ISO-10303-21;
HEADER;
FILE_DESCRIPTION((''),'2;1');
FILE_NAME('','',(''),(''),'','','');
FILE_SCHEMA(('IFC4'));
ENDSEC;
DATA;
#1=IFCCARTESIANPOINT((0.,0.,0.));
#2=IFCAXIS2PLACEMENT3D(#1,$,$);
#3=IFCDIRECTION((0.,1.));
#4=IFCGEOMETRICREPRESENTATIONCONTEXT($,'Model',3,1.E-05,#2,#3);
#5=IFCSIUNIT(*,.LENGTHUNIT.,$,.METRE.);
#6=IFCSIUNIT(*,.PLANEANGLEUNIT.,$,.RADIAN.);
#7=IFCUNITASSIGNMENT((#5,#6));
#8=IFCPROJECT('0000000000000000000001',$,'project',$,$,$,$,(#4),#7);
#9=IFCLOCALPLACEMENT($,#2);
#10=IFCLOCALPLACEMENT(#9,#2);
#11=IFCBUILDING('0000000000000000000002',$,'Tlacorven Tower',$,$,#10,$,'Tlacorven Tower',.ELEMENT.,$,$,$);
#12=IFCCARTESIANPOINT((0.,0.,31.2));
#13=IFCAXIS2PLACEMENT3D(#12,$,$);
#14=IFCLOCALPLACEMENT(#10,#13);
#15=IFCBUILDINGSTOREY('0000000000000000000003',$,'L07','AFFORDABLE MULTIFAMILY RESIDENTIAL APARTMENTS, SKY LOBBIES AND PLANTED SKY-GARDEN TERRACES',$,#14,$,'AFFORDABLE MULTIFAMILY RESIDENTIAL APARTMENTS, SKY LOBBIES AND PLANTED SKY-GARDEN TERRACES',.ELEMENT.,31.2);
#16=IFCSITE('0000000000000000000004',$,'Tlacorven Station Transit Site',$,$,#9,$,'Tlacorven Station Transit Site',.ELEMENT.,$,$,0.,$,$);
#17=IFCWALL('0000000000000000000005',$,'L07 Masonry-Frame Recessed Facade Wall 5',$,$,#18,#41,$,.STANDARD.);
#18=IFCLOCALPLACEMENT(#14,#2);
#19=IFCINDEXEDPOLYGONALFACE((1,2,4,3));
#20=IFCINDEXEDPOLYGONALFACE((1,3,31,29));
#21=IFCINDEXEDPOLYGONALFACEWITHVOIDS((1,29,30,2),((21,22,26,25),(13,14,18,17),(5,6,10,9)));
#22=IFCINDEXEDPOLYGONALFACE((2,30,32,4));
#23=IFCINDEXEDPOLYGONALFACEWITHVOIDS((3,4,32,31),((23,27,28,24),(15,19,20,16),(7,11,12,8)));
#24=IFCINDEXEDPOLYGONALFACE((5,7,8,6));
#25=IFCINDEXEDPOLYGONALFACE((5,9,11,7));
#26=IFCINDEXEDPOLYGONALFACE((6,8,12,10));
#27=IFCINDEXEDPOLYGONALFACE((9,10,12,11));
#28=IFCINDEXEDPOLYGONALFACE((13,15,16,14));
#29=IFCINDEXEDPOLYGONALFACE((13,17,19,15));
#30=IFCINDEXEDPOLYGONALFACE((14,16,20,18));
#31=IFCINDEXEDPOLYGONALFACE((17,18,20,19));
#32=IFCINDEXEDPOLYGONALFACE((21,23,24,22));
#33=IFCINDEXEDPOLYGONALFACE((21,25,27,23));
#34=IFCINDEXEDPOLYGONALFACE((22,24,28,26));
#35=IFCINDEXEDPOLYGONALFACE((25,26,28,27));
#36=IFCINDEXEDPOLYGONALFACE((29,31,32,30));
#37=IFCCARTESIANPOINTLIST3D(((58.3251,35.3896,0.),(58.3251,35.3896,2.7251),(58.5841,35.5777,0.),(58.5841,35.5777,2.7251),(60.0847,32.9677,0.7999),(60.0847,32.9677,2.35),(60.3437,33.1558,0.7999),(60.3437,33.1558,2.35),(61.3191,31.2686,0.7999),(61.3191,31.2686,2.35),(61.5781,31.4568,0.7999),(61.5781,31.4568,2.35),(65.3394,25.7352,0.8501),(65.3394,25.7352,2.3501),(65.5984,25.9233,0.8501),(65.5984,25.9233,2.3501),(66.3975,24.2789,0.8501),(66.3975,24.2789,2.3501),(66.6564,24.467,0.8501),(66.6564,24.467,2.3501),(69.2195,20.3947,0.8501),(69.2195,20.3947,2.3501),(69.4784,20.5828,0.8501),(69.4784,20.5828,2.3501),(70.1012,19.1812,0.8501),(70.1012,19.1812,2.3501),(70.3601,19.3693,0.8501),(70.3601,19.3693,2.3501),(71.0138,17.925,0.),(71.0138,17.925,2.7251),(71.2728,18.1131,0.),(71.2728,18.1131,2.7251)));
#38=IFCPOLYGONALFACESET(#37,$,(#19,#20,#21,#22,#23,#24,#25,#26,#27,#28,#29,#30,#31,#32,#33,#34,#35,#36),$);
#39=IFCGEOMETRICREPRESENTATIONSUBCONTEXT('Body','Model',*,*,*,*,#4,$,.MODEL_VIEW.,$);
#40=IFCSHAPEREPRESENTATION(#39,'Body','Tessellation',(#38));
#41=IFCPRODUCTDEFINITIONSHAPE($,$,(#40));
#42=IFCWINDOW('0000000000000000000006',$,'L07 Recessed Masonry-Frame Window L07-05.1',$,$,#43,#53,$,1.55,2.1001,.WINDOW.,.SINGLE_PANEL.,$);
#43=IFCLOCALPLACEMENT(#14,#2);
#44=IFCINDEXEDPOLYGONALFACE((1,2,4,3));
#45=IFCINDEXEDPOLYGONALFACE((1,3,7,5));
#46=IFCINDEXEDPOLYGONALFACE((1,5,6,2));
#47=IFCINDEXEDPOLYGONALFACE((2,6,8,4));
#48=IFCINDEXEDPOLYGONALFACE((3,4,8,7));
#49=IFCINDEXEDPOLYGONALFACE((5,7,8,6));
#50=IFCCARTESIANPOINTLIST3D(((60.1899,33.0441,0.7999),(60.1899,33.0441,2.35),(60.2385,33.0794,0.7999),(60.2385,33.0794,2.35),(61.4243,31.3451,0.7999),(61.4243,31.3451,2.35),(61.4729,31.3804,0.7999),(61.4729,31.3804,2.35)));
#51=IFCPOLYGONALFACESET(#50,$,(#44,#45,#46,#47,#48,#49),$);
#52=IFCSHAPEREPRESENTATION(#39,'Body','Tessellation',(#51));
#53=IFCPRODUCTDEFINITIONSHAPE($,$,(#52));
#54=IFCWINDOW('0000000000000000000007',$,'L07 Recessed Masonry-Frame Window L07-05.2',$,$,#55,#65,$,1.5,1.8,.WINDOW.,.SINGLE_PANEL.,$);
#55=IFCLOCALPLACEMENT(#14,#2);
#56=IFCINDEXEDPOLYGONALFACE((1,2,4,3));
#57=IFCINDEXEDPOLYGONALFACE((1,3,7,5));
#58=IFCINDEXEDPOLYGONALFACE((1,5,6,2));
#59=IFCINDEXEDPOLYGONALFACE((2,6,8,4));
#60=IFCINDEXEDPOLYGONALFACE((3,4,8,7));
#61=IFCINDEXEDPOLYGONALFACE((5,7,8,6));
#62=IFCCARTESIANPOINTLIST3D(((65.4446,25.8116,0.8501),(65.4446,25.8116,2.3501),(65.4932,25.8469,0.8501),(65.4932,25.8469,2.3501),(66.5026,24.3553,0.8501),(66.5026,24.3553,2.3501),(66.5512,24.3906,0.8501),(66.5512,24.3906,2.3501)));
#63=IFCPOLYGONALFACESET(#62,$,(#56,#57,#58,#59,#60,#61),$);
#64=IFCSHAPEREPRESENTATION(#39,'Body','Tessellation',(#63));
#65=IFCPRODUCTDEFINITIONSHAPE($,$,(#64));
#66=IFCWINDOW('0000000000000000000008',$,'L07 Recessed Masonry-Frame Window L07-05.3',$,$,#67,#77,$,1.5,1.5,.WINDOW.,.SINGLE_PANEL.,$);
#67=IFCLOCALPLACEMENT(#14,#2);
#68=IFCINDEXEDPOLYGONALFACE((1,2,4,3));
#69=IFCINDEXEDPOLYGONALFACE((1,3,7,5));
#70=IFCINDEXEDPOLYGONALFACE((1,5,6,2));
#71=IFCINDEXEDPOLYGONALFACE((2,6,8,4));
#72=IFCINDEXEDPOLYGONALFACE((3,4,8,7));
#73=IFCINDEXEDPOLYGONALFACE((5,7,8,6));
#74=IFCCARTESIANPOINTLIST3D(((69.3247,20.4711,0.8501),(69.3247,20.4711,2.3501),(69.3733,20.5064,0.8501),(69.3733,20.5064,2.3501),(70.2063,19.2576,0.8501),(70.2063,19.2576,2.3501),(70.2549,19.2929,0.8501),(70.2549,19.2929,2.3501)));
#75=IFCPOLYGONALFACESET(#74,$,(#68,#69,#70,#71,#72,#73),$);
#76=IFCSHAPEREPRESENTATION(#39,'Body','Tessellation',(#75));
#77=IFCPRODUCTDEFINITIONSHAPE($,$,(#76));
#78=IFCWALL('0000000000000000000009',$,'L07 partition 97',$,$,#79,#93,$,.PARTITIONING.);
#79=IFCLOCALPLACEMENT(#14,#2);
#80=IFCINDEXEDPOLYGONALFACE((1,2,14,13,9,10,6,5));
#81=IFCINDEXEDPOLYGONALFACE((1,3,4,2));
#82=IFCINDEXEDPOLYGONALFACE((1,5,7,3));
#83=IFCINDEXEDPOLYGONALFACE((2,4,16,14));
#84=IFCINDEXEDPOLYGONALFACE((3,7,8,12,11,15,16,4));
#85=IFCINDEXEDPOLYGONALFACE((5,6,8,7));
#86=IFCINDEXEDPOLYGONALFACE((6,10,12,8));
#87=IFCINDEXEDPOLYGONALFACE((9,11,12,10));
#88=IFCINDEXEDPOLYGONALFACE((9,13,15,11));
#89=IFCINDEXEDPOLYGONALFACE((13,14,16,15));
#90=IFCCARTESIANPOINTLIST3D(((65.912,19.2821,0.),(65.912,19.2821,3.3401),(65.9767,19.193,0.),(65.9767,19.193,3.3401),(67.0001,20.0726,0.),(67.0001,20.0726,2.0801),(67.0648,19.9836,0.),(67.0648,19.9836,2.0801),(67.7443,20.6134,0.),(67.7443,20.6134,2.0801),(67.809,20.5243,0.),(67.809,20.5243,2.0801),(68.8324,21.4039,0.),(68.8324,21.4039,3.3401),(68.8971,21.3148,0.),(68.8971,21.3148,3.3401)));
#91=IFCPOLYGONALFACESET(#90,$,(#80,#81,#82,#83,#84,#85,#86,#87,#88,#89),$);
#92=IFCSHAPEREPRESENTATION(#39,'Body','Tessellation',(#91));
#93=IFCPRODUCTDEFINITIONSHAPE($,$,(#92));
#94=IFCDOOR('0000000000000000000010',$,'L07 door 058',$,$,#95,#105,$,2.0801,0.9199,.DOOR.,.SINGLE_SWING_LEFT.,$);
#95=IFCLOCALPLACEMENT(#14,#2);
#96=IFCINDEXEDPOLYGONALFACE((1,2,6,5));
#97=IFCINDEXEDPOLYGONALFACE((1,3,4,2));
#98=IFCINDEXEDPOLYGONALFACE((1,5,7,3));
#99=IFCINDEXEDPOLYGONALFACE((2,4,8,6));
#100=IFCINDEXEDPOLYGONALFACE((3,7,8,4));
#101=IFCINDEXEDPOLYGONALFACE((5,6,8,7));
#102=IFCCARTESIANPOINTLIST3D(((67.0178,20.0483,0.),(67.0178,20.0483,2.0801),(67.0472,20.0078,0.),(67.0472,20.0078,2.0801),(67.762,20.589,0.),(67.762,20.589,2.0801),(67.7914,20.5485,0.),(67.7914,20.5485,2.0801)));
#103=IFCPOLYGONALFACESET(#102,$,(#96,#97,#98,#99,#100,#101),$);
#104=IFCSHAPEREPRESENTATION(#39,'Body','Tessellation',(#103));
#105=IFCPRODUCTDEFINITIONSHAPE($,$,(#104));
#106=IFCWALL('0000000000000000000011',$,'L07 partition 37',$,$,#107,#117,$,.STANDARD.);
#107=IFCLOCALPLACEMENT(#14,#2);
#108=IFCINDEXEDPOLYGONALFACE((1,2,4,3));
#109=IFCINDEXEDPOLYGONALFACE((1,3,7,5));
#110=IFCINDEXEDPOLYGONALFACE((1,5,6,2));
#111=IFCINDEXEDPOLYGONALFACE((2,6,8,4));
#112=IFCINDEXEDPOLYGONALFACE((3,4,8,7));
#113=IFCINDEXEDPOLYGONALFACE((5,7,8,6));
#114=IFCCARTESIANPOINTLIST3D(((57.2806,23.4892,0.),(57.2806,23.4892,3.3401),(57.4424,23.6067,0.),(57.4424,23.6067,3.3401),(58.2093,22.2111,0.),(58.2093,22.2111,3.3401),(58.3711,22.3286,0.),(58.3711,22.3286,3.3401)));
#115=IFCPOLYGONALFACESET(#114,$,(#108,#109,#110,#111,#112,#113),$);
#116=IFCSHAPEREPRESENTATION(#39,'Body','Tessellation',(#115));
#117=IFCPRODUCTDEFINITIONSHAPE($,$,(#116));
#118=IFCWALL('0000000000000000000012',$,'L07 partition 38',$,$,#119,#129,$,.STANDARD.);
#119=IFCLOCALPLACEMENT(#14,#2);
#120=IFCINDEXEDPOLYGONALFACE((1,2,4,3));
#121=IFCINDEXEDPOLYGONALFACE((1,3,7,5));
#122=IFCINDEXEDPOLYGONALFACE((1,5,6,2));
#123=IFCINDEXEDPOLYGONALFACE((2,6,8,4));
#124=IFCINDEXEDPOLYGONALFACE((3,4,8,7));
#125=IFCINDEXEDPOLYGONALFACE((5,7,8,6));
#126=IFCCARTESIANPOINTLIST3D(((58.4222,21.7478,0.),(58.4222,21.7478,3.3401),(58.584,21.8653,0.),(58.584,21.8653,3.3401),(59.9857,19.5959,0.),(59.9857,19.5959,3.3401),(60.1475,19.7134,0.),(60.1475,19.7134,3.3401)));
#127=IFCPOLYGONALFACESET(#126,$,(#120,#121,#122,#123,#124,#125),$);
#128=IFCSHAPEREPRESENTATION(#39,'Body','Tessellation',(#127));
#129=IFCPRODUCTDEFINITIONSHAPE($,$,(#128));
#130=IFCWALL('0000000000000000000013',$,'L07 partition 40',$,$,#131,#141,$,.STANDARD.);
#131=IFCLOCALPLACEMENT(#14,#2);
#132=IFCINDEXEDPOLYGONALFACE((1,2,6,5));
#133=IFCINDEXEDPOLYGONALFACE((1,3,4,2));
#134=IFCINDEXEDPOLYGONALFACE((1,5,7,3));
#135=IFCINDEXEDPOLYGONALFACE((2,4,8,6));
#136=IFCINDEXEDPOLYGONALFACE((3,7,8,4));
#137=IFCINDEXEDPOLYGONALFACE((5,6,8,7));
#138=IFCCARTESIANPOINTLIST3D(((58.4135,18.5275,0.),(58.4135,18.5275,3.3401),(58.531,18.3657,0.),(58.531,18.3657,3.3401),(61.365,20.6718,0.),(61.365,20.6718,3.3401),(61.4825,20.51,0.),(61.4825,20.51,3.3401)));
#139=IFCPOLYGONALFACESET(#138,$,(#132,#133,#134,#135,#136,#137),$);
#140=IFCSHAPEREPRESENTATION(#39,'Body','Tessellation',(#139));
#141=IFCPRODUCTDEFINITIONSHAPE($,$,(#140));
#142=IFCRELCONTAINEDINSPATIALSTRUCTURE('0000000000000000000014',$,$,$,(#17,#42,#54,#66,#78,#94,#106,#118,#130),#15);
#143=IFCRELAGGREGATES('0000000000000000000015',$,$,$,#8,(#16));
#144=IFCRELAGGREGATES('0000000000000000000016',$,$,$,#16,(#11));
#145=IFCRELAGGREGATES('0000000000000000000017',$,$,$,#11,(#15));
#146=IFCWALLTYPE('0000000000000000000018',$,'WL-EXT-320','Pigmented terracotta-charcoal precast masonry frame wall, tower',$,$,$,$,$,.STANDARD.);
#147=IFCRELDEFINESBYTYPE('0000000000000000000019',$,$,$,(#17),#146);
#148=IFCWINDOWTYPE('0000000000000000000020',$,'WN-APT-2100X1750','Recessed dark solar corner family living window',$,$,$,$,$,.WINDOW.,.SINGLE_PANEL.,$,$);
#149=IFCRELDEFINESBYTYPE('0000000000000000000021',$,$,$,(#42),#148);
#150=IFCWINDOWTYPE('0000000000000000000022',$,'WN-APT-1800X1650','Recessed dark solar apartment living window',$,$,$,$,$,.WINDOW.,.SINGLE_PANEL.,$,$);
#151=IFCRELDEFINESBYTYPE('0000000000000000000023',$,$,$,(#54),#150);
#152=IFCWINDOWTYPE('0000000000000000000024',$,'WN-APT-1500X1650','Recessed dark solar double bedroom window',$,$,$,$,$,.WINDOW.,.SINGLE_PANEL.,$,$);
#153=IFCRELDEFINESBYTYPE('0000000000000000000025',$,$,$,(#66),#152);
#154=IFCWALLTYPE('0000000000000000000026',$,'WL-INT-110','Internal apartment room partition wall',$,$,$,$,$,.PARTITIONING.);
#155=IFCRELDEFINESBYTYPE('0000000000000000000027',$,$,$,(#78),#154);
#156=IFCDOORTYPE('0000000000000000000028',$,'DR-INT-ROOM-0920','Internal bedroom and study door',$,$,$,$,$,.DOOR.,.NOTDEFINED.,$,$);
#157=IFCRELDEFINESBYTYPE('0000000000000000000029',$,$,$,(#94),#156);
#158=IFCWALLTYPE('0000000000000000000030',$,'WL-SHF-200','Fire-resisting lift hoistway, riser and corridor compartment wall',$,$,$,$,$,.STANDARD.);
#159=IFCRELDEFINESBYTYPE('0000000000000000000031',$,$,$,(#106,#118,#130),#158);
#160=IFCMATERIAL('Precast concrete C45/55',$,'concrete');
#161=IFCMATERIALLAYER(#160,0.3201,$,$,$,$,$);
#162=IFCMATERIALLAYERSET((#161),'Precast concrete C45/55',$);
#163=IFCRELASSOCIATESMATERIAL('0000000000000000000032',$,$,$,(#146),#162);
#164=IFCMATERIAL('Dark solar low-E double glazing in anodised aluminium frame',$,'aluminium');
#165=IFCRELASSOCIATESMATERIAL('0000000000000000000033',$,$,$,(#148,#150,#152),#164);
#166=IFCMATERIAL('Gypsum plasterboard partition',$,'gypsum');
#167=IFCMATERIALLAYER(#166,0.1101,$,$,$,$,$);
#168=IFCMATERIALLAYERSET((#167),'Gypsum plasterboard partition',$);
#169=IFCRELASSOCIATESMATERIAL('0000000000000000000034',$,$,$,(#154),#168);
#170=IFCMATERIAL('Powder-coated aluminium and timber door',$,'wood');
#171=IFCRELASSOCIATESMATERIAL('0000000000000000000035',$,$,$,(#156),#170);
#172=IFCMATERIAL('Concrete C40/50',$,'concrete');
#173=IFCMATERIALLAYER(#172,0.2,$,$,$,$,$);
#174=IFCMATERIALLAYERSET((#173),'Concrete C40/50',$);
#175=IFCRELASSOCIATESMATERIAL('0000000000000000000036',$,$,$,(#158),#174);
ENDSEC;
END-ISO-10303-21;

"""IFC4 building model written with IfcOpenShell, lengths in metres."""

from ifc_helpers import new_model, si_unit, direction, frame, frame_2d, origin, place, context, subcontext, project, spatial, rectangle, extrude, source, transform, mapped, material, layer, layer_set, type_object, element, fill, save


model = new_model("IFC4")

# Units and contexts
model_context = context("Model", 3, precision=1e-05, world=origin(), true_north=direction((0.0, 1.0)))
body_context = subcontext(model_context, "Body", "Model", "MODEL_VIEW")
ifc_project = project(units=[si_unit("LENGTHUNIT", "METRE"), si_unit("PLANEANGLEUNIT", "RADIAN")], contexts=[model_context])

# Site, building, storey
site_placement = place(None, origin())
site = spatial("IfcSite", under=ifc_project, at=site_placement, Name="Tlacorven Station Transit Site", LongName="Tlacorven Station Transit Site", CompositionType="ELEMENT", RefElevation=0.0)
building_placement = place(site_placement, origin())
building = spatial("IfcBuilding", under=site, at=building_placement, Name="Tlacorven Tower", LongName="Tlacorven Tower", CompositionType="ELEMENT")
storey_placement = place(building_placement, frame((0.0, 0.0, 31.2)))
storey = spatial("IfcBuildingStorey", under=building, at=storey_placement, Name="L07", Description="AFFORDABLE MULTIFAMILY RESIDENTIAL APARTMENTS, SKY LOBBIES AND PLANTED SKY-GARDEN TERRACES", LongName="AFFORDABLE MULTIFAMILY RESIDENTIAL APARTMENTS, SKY LOBBIES AND PLANTED SKY-GARDEN TERRACES", CompositionType="ELEMENT", Elevation=31.2)

# Wall, openings, windows
ifc_material_1 = material(Name="Precast concrete C45/55", Category="concrete")
ifc_layer_1 = layer(ifc_material_1, 0.3201)
ifc_layer_set_1 = layer_set([ifc_layer_1], Name="Precast concrete C45/55")
wall_type_1 = type_object("IfcWallType", Name="WL-EXT-320", Description="Pigmented terracotta-charcoal precast masonry frame wall, tower", PredefinedType="STANDARD", material=ifc_layer_set_1)
wall_1_placement = place(storey_placement, frame((58.4546, 35.4836, 0.0), z_axis=(0.0, 0.0, 1.0), x_axis=(0.587784, -0.809018, 0.0)))
wall_1 = element("IfcWall", 1, at=wall_1_placement, inside=storey, type_object=wall_type_1, Name="L07 Masonry-Frame Recessed Facade Wall 5", PredefinedType="STANDARD", context=body_context, shape_type="SweptSolid", body=[
    extrude(rectangle(XDim=21.5874, YDim=0.3201, at=frame_2d((10.7937, 0.0))), origin(), (0.0, 0.0, 1.0), 2.7251),
])
opening_1_placement = place(wall_1_placement, frame((2.9937, 0.0, 0.8)))
opening_1 = element("IfcOpeningElement", 2, at=opening_1_placement, cuts=wall_1, PredefinedType="OPENING", context=body_context, shape_type="SweptSolid", body=[
    extrude(rectangle(XDim=2.1001, YDim=1.55, at=frame_2d((1.05, 0.7749))), frame((0.0, 0.1699, 0.0), z_axis=(0.0, -1.0, 0.0), x_axis=(1.0, 0.0, 0.0)), (0.0, 0.0, 1.0), 0.3401),
])
opening_2_placement = place(wall_1_placement, frame((11.9336, 0.0, 0.8501)))
opening_2 = element("IfcOpeningElement", 3, at=opening_2_placement, cuts=wall_1, PredefinedType="OPENING", context=body_context, shape_type="SweptSolid", body=[
    extrude(rectangle(XDim=1.8, YDim=1.5, at=frame_2d((0.8999, 0.75))), frame((0.0, 0.1699, 0.0), z_axis=(0.0, -1.0, 0.0), x_axis=(1.0, 0.0, 0.0)), (0.0, 0.0, 1.0), 0.3401),
])
opening_3_placement = place(wall_1_placement, frame((18.5347, 0.0, 0.8501)))
opening_3 = element("IfcOpeningElement", 4, at=opening_3_placement, cuts=wall_1, PredefinedType="OPENING", context=body_context, shape_type="SweptSolid", body=[
    extrude(rectangle(XDim=1.5, YDim=1.5, at=frame_2d((0.75, 0.75))), frame((0.0, 0.1699, 0.0), z_axis=(0.0, -1.0, 0.0), x_axis=(1.0, 0.0, 0.0)), (0.0, 0.0, 1.0), 0.3401),
])
ifc_material_2 = material(Name="Dark solar low-E double glazing in anodised aluminium frame", Category="aluminium")
window_type_1 = type_object("IfcWindowType", Name="WN-APT-2100X1750", Description="Recessed dark solar corner family living window", PartitioningType="SINGLE_PANEL", PredefinedType="WINDOW", material=ifc_material_2)
shared_shape_1 = source(origin(), body_context, "Body", "SweptSolid", [
    extrude(rectangle(XDim=2.1001, YDim=1.55, at=frame_2d((1.05, 0.7749))), frame((0.0, 0.03, 0.0), z_axis=(0.0, -1.0, 0.0), x_axis=(1.0, 0.0, 0.0)), (0.0, 0.0, 1.0), 0.0601),
])
window_1_placement = place(opening_1_placement, origin())
window_1 = element("IfcWindow", 5, at=window_1_placement, inside=storey, type_object=window_type_1, Name="L07 Recessed Masonry-Frame Window L07-05.1", OverallHeight=1.55, OverallWidth=2.1001, PartitioningType="SINGLE_PANEL", PredefinedType="WINDOW", context=body_context, shape_type="MappedRepresentation", body=[
    mapped(shared_shape_1, transform((0.0, 0.0, 0.0), scale=1.0)),
])
fill(opening_1, window_1)
window_type_2 = type_object("IfcWindowType", Name="WN-APT-1800X1650", Description="Recessed dark solar apartment living window", PartitioningType="SINGLE_PANEL", PredefinedType="WINDOW", material=ifc_material_2)
shared_shape_2 = source(origin(), body_context, "Body", "SweptSolid", [
    extrude(rectangle(XDim=1.8, YDim=1.5, at=frame_2d((0.8999, 0.75))), frame((0.0, 0.03, 0.0), z_axis=(0.0, -1.0, 0.0), x_axis=(1.0, 0.0, 0.0)), (0.0, 0.0, 1.0), 0.0601),
])
window_2_placement = place(opening_2_placement, origin())
window_2 = element("IfcWindow", 6, at=window_2_placement, inside=storey, type_object=window_type_2, Name="L07 Recessed Masonry-Frame Window L07-05.2", OverallHeight=1.5, OverallWidth=1.8, PartitioningType="SINGLE_PANEL", PredefinedType="WINDOW", context=body_context, shape_type="MappedRepresentation", body=[
    mapped(shared_shape_2, transform((0.0, 0.0, 0.0), scale=1.0)),
])
fill(opening_2, window_2)
window_type_3 = type_object("IfcWindowType", Name="WN-APT-1500X1650", Description="Recessed dark solar double bedroom window", PartitioningType="SINGLE_PANEL", PredefinedType="WINDOW", material=ifc_material_2)
shared_shape_3 = source(origin(), body_context, "Body", "SweptSolid", [
    extrude(rectangle(XDim=1.5, YDim=1.5, at=frame_2d((0.75, 0.75))), frame((0.0, 0.03, 0.0), z_axis=(0.0, -1.0, 0.0), x_axis=(1.0, 0.0, 0.0)), (0.0, 0.0, 1.0), 0.0601),
])
window_3_placement = place(opening_3_placement, origin())
window_3 = element("IfcWindow", 7, at=window_3_placement, inside=storey, type_object=window_type_3, Name="L07 Recessed Masonry-Frame Window L07-05.3", OverallHeight=1.5, OverallWidth=1.5, PartitioningType="SINGLE_PANEL", PredefinedType="WINDOW", context=body_context, shape_type="MappedRepresentation", body=[
    mapped(shared_shape_3, transform((0.0, 0.0, 0.0), scale=1.0)),
])
fill(opening_3, window_3)

# Wall, opening, door
ifc_material_3 = material(Name="Gypsum plasterboard partition", Category="gypsum")
ifc_layer_2 = layer(ifc_material_3, 0.1101)
ifc_layer_set_2 = layer_set([ifc_layer_2], Name="Gypsum plasterboard partition")
wall_type_2 = type_object("IfcWallType", Name="WL-INT-110", Description="Internal apartment room partition wall", PredefinedType="PARTITIONING", material=ifc_layer_set_2)
wall_2_placement = place(storey_placement, frame((65.9443, 19.2375, 0.0), z_axis=(0.0, 0.0, 1.0), x_axis=(0.809014, 0.58779, 0.0)))
wall_2 = element("IfcWall", 8, at=wall_2_placement, inside=storey, type_object=wall_type_2, Name="L07 partition 97", PredefinedType="PARTITIONING", context=body_context, shape_type="SweptSolid", body=[
    extrude(rectangle(XDim=3.6099, YDim=0.1101, at=frame_2d((1.8049, 0.0))), origin(), (0.0, 0.0, 1.0), 3.3401),
])
opening_4_placement = place(wall_2_placement, frame((1.345, 0.0, 0.0)))
opening_4 = element("IfcOpeningElement", 9, at=opening_4_placement, cuts=wall_2, PredefinedType="OPENING", context=body_context, shape_type="SweptSolid", body=[
    extrude(rectangle(XDim=0.9199, YDim=2.0801, at=frame_2d((0.46, 1.04))), frame((0.0, 0.0649, 0.0), z_axis=(0.0, -1.0, 0.0), x_axis=(1.0, 0.0, 0.0)), (0.0, 0.0, 1.0), 0.1301),
])
ifc_material_4 = material(Name="Powder-coated aluminium and timber door", Category="wood")
door_type_1 = type_object("IfcDoorType", Name="DR-INT-ROOM-0920", Description="Internal bedroom and study door", OperationType="NOTDEFINED", PredefinedType="DOOR", material=ifc_material_4)
shared_shape_4 = source(origin(), body_context, "Body", "SweptSolid", [
    extrude(rectangle(XDim=0.9199, YDim=2.0801, at=frame_2d((0.46, 1.04))), frame((0.0, 0.0249, 0.0), z_axis=(0.0, -1.0, 0.0), x_axis=(1.0, 0.0, 0.0)), (0.0, 0.0, 1.0), 0.05),
])
door_1_placement = place(opening_4_placement, origin())
door_1 = element("IfcDoor", 10, at=door_1_placement, inside=storey, type_object=door_type_1, Name="L07 door 058", OperationType="SINGLE_SWING_LEFT", OverallHeight=2.0801, OverallWidth=0.9199, PredefinedType="DOOR", context=body_context, shape_type="MappedRepresentation", body=[
    mapped(shared_shape_4, transform((0.0, 0.0, 0.0), scale=1.0)),
])
fill(opening_4, door_1)

# Walls
ifc_material_5 = material(Name="Concrete C40/50", Category="concrete")
ifc_layer_3 = layer(ifc_material_5, 0.2)
ifc_layer_set_3 = layer_set([ifc_layer_3], Name="Concrete C40/50")
wall_type_3 = type_object("IfcWallType", Name="WL-SHF-200", Description="Fire-resisting lift hoistway, riser and corridor compartment wall", PredefinedType="STANDARD", material=ifc_layer_set_3)
wall_3_placement = place(storey_placement, frame((58.2903, 22.2698, 0.0), z_axis=(0.0, 0.0, 1.0), x_axis=(-0.587841, 0.808977, 0.0)))
element("IfcWall", 11, at=wall_3_placement, inside=storey, type_object=wall_type_3, Name="L07 partition 37", PredefinedType="STANDARD", context=body_context, shape_type="SweptSolid", body=[
    extrude(rectangle(XDim=1.5798, YDim=0.2, at=frame_2d((0.79, 0.0))), origin(), (0.0, 0.0, 1.0), 3.3401),
])
wall_4_placement = place(storey_placement, frame((60.0667, 19.6545, 0.0), z_axis=(0.0, 0.0, 1.0), x_axis=(-0.587801, 0.809006, 0.0)))
element("IfcWall", 12, at=wall_4_placement, inside=storey, type_object=wall_type_3, Name="L07 partition 38", PredefinedType="STANDARD", context=body_context, shape_type="SweptSolid", body=[
    extrude(rectangle(XDim=2.6599, YDim=0.2, at=frame_2d((1.3301, 0.0))), origin(), (0.0, 0.0, 1.0), 3.3401),
])
wall_5_placement = place(storey_placement, frame((58.4722, 18.4465, 0.0), z_axis=(0.0, 0.0, 1.0), x_axis=(0.809022, 0.587778, 0.0)))
element("IfcWall", 13, at=wall_5_placement, inside=storey, type_object=wall_type_3, Name="L07 partition 40", PredefinedType="STANDARD", context=body_context, shape_type="SweptSolid", body=[
    extrude(rectangle(XDim=3.6482, YDim=0.2, at=frame_2d((1.8242, 0.0))), origin(), (0.0, 0.0, 1.0), 3.3401),
])

save(model, "model.ifc")
